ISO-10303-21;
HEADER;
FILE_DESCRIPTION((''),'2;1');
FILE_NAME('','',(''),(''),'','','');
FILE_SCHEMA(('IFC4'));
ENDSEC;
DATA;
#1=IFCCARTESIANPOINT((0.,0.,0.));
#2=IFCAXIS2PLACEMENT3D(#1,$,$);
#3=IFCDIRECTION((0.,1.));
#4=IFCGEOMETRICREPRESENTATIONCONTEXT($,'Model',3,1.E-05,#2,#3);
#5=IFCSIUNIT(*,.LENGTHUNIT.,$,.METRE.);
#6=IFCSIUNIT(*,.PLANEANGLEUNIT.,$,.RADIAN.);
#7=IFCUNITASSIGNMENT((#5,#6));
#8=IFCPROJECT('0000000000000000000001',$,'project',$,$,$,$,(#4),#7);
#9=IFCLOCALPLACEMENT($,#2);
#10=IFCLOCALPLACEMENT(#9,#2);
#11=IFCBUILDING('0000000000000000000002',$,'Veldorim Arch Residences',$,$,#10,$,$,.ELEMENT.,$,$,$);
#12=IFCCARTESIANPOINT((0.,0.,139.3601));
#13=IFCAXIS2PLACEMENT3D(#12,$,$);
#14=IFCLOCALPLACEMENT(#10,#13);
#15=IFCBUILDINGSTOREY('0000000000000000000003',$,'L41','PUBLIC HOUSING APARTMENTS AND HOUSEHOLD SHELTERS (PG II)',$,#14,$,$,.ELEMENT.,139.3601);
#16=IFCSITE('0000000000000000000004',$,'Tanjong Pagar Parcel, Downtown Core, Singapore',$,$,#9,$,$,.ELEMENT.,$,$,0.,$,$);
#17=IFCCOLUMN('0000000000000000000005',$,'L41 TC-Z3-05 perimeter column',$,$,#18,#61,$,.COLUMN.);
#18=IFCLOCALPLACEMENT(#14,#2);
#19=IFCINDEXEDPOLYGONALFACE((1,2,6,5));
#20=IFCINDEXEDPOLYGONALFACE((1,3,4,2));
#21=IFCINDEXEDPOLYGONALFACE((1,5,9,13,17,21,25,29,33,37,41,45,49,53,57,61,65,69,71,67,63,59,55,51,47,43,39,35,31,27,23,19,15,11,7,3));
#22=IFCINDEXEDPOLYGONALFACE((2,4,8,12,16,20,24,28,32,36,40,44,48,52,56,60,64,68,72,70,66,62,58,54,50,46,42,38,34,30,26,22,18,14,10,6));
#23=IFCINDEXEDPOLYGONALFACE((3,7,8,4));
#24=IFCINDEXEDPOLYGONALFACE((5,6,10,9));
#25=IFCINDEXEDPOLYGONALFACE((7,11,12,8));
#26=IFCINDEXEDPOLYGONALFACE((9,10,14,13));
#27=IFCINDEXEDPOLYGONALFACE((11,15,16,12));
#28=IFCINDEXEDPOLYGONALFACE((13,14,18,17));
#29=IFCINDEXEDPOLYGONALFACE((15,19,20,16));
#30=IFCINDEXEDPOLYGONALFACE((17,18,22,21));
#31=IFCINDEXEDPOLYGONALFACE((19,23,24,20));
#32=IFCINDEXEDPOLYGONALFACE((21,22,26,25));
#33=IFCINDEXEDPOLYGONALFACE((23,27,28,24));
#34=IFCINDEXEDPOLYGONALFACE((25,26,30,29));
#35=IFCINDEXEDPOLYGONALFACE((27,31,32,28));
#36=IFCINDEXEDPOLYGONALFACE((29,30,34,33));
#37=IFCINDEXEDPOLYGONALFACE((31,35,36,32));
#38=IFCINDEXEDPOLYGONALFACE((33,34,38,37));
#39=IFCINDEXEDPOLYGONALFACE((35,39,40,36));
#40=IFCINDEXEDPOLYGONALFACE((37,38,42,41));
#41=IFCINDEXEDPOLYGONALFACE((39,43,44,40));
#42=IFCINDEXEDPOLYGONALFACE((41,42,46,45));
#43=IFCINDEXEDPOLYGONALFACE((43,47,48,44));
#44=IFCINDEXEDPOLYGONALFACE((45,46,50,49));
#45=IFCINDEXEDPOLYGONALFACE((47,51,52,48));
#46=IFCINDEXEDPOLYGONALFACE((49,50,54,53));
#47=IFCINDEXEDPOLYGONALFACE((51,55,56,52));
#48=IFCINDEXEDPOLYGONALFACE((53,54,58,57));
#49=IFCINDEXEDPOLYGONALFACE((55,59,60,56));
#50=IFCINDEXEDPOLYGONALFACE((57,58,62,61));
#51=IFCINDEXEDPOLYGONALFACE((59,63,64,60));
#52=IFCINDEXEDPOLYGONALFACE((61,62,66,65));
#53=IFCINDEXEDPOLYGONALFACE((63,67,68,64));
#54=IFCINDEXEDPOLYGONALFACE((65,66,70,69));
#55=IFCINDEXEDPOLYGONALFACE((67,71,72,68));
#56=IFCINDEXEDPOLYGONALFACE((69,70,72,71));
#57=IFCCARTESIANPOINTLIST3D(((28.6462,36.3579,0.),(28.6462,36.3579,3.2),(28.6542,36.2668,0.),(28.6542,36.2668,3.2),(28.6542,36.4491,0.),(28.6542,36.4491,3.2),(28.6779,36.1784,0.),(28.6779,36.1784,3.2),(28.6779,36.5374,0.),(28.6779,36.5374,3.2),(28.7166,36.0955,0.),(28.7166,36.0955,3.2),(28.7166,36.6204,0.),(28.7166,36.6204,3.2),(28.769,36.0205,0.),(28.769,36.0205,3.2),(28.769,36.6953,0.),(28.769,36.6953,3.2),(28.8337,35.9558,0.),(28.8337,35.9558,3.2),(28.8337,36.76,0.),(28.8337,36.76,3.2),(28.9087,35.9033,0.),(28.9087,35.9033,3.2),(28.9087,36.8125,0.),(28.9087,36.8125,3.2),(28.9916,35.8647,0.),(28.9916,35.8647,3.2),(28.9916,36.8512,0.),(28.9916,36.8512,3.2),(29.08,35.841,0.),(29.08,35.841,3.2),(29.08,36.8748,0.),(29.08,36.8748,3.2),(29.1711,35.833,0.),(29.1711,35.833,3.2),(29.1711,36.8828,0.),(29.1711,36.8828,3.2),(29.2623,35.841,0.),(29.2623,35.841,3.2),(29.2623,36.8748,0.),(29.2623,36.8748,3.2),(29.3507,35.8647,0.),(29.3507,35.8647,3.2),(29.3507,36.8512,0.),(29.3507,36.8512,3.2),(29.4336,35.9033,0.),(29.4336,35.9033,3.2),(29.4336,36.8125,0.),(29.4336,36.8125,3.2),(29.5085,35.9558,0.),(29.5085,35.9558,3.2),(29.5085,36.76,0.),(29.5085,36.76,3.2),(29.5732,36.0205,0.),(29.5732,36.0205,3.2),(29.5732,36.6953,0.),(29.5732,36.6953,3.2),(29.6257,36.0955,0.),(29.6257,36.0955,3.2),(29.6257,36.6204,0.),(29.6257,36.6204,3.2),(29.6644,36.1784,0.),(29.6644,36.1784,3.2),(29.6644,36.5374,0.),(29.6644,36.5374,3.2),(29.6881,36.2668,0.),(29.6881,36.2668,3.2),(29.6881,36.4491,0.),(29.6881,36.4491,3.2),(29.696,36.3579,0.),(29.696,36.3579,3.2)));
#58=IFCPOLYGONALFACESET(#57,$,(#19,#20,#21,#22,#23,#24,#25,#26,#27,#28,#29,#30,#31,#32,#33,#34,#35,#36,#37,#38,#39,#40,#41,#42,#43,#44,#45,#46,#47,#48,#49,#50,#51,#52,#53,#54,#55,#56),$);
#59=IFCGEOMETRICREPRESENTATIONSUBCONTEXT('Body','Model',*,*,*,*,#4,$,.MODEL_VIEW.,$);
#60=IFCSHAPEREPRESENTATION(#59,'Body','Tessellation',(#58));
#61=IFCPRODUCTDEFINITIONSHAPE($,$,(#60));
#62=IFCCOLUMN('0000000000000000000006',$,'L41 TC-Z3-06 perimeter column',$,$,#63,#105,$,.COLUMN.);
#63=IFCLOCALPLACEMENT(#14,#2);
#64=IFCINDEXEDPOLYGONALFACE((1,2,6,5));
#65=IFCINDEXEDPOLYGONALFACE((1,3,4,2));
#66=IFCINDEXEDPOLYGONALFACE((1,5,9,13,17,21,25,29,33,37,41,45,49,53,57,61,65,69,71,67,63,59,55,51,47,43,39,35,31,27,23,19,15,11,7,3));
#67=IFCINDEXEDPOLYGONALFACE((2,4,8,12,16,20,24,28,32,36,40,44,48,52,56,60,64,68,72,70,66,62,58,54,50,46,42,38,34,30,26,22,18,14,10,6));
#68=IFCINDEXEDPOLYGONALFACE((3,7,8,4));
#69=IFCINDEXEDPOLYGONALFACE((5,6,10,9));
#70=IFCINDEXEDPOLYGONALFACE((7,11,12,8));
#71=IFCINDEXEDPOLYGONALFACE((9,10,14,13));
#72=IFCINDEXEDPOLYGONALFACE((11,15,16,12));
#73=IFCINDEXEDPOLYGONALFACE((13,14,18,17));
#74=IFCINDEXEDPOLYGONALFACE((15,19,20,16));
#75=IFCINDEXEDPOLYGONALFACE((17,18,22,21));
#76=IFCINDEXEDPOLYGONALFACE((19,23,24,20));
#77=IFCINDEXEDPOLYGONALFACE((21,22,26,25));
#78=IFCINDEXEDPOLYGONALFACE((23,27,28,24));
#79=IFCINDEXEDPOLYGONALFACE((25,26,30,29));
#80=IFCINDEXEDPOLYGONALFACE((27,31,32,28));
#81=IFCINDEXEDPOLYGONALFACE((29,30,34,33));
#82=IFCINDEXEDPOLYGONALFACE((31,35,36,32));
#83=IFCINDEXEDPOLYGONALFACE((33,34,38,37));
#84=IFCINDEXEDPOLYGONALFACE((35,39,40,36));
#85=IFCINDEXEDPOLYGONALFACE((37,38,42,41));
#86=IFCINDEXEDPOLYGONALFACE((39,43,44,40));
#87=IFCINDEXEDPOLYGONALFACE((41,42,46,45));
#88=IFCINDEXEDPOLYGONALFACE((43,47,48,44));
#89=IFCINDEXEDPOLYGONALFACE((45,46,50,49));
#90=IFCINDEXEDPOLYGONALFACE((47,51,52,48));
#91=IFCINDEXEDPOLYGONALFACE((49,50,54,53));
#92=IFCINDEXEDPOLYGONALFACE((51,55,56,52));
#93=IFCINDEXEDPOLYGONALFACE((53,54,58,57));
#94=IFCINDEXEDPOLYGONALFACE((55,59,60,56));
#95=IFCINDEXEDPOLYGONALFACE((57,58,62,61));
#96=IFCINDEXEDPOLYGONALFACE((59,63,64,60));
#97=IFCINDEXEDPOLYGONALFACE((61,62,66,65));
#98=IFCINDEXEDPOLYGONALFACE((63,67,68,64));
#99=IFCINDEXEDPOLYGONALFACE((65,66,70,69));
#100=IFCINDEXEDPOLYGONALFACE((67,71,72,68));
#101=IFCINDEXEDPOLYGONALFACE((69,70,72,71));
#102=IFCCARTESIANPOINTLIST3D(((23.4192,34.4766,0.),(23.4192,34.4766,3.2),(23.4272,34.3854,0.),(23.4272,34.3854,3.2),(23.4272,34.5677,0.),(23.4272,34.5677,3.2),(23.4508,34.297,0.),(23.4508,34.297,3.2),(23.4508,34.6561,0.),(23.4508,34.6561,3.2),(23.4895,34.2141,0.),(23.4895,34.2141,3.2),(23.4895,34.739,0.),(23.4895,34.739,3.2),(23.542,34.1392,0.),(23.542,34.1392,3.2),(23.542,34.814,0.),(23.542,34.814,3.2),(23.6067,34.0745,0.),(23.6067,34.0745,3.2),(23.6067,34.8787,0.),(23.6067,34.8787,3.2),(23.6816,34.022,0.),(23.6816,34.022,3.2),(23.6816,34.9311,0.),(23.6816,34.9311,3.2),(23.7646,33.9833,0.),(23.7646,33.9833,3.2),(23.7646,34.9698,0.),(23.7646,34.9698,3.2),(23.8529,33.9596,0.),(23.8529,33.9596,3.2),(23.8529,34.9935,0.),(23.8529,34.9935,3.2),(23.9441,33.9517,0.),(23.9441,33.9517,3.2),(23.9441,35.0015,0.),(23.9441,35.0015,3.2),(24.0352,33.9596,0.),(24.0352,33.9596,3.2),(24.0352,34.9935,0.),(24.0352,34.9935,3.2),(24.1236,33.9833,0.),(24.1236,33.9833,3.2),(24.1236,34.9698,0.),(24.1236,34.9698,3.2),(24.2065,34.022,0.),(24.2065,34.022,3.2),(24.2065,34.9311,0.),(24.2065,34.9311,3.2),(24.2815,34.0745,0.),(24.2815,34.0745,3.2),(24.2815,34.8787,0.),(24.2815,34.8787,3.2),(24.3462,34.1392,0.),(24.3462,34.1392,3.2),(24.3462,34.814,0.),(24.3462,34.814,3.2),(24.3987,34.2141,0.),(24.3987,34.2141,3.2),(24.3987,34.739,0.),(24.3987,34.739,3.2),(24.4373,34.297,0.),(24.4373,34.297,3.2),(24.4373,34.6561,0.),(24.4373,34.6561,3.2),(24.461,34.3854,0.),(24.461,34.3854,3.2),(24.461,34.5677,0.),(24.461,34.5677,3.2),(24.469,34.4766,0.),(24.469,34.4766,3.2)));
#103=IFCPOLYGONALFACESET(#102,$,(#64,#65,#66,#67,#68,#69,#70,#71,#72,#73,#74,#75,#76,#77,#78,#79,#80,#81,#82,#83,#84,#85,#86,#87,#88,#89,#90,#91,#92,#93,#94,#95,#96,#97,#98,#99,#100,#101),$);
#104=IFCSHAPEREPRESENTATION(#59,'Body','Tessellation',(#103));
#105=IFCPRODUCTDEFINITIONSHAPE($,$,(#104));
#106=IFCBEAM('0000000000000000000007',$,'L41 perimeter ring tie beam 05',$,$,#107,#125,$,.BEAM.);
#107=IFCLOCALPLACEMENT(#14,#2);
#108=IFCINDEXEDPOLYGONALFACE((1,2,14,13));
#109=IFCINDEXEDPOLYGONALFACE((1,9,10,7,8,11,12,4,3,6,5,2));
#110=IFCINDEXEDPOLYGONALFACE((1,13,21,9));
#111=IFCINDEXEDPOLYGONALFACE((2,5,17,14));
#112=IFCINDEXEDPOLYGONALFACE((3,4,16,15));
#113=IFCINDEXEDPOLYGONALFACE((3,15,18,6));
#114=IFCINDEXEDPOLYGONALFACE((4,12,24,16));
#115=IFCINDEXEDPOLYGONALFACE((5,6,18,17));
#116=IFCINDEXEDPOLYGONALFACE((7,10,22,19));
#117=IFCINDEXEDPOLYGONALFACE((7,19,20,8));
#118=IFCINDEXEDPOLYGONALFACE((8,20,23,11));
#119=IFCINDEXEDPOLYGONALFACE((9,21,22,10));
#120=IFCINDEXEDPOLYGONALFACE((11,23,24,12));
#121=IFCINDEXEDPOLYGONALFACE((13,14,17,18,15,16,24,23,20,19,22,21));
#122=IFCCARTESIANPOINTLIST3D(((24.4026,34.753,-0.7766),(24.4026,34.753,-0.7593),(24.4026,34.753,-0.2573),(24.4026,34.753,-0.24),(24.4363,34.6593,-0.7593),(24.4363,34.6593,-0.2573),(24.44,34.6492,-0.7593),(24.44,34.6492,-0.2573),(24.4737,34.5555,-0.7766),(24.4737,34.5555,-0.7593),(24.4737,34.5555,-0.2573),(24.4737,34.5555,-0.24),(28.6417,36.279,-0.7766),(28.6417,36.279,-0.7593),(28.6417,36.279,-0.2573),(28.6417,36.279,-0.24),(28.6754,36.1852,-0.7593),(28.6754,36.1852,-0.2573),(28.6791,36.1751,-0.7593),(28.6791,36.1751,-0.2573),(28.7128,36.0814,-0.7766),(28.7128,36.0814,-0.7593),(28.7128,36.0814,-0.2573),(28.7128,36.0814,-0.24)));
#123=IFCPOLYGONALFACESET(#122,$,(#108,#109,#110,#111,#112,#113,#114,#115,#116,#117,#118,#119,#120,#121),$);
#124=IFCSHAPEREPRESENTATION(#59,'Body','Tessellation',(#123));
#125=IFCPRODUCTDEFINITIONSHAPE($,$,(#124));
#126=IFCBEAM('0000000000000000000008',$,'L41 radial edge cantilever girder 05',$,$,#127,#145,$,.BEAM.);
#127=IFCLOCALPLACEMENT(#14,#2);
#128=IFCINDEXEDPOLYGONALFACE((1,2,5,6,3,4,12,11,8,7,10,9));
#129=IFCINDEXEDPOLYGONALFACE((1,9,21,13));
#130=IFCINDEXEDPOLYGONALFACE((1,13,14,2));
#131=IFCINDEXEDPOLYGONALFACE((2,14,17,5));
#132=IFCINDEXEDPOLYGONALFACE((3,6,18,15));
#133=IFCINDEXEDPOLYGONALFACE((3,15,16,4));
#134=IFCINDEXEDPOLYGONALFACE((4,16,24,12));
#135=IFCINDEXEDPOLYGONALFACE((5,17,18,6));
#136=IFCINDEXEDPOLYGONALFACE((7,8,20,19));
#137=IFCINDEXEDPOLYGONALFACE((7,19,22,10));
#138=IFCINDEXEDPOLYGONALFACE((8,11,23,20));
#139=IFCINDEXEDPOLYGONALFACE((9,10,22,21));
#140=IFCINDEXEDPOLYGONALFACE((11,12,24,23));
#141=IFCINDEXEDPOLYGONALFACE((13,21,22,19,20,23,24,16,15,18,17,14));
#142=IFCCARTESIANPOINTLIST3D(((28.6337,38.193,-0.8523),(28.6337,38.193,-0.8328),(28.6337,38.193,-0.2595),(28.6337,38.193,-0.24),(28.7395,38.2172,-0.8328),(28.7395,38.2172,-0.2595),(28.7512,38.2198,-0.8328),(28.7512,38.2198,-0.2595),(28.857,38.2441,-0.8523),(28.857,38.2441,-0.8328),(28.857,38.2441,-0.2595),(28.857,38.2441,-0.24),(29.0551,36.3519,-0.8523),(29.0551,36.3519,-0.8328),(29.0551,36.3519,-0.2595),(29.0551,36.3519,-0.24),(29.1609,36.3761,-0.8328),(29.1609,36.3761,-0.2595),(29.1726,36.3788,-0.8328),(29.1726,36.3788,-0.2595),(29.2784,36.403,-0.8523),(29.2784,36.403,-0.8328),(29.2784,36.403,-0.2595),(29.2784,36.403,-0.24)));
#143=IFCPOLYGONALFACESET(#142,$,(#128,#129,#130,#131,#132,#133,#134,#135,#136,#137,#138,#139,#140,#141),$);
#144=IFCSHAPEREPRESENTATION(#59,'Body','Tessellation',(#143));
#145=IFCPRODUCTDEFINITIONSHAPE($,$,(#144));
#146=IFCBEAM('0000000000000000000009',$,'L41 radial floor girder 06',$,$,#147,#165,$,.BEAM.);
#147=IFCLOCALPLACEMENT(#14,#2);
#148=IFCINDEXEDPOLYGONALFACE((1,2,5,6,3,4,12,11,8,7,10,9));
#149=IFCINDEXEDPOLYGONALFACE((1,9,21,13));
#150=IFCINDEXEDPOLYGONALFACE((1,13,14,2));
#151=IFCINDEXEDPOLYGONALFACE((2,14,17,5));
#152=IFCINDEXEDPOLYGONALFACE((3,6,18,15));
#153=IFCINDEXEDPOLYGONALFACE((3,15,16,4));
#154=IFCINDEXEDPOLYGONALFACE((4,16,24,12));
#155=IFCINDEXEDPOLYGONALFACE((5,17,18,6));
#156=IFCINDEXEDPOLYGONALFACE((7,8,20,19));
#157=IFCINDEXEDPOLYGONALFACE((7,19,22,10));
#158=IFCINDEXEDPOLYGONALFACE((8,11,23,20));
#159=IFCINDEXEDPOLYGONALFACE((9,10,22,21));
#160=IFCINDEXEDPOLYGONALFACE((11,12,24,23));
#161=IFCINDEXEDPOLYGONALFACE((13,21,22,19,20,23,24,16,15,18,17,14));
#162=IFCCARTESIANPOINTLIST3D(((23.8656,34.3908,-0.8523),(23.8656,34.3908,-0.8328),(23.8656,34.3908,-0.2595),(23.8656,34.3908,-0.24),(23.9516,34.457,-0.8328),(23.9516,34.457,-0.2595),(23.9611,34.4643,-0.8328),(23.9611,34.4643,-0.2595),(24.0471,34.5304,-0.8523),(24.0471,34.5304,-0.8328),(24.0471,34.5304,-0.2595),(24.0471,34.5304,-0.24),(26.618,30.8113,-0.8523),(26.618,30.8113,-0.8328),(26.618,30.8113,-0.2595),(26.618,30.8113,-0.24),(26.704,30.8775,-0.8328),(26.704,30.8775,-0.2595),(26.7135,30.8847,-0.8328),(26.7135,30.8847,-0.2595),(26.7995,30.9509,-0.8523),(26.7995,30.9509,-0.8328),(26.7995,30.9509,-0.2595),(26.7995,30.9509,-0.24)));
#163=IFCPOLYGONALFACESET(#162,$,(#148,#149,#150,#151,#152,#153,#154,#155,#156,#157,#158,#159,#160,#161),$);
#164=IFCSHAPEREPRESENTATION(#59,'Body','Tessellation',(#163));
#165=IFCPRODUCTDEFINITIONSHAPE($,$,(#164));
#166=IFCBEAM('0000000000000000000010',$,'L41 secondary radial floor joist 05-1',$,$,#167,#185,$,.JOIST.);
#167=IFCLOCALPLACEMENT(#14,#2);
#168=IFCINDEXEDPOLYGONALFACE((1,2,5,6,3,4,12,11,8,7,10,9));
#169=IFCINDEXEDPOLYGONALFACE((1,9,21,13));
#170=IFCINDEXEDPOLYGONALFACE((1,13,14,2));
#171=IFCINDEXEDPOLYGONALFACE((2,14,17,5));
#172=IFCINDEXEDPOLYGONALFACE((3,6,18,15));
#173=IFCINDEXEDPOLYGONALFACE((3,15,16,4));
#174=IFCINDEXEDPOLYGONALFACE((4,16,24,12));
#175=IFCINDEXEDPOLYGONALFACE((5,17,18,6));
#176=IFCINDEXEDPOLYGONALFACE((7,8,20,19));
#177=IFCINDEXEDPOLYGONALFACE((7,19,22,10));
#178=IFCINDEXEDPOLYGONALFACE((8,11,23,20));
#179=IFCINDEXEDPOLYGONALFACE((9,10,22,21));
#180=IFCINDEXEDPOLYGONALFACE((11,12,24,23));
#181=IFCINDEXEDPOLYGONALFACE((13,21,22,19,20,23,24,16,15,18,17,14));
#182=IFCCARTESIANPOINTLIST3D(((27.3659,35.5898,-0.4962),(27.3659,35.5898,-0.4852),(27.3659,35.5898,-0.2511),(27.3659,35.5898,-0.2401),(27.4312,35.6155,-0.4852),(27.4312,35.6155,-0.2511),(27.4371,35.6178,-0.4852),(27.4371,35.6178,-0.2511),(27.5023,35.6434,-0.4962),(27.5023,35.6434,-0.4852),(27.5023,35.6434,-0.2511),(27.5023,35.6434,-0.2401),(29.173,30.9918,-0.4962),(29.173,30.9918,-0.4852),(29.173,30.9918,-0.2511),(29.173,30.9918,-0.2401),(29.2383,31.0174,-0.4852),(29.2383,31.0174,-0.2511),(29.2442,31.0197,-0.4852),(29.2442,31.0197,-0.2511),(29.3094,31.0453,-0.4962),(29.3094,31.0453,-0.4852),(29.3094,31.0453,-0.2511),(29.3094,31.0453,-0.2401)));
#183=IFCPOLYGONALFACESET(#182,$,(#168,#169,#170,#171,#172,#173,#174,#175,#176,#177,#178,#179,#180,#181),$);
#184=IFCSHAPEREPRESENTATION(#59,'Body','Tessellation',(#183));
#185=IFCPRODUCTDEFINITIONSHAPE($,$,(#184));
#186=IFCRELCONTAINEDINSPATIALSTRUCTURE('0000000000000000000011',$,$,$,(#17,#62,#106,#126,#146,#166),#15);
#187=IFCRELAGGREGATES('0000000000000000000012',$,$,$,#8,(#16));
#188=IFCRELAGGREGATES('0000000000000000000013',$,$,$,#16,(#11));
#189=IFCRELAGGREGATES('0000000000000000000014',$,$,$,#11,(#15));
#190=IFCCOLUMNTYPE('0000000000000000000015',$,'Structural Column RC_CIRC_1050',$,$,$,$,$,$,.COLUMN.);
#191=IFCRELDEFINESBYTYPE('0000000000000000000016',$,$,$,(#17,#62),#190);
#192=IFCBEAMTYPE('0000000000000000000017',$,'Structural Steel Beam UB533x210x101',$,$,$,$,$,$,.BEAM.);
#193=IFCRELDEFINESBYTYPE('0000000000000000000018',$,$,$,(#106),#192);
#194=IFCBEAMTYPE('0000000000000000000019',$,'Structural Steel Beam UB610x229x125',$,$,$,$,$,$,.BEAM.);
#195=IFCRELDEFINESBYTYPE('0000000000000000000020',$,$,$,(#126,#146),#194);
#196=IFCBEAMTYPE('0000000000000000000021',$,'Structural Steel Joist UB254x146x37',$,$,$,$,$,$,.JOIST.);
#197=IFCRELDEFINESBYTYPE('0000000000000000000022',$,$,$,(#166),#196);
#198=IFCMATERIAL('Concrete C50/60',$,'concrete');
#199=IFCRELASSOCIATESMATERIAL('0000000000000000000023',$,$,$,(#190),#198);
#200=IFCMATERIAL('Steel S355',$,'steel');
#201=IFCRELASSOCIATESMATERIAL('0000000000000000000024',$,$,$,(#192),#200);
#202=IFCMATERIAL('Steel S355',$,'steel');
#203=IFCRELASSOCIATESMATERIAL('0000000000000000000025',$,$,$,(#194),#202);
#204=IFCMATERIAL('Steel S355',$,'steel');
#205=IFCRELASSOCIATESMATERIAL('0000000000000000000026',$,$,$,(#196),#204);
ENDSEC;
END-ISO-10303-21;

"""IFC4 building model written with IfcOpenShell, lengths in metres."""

from ifc_helpers import new_model, si_unit, direction, frame, origin, origin_2d, place, context, subcontext, project, spatial, circle, i_section, extrude, material, material_profile, profile_set, type_object, element, save


model = new_model("IFC4")

# Units and contexts
model_context = context("Model", 3, precision=1e-05, world=origin(), true_north=direction((0.0, 1.0)))
body_context = subcontext(model_context, "Body", "Model", "MODEL_VIEW")
ifc_project = project(units=[si_unit("LENGTHUNIT", "METRE"), si_unit("PLANEANGLEUNIT", "RADIAN")], contexts=[model_context])

# Site, building, storey
site_placement = place(None, origin())
site = spatial("IfcSite", under=ifc_project, at=site_placement, Name="Tanjong Pagar Parcel, Downtown Core, Singapore", CompositionType="ELEMENT", RefElevation=0.0)
building_placement = place(site_placement, origin())
building = spatial("IfcBuilding", under=site, at=building_placement, Name="Veldorim Arch Residences", CompositionType="ELEMENT")
storey_placement = place(building_placement, frame((0.0, 0.0, 139.3601)))
storey = spatial("IfcBuildingStorey", under=building, at=storey_placement, Name="L41", Description="PUBLIC HOUSING APARTMENTS AND HOUSEHOLD SHELTERS (PG II)", CompositionType="ELEMENT", Elevation=139.3601)

# Columns
ifc_material_1 = material(Name="Concrete C50/60", Category="concrete")
ifc_material_profile_1 = material_profile(ifc_material_1, circle(Radius=0.5249, at=origin_2d()), Name="RC_CIRC_1050")
ifc_profile_set_1 = profile_set([ifc_material_profile_1], Name="Concrete C50/60")
column_type = type_object("IfcColumnType", Name="Structural Column RC_CIRC_1050", PredefinedType="COLUMN", material=ifc_profile_set_1)
for number, where, z_axis, x_axis, name in (
    (1, (29.1711, 36.3579, 0.0), (0.0, 0.0, 1.0), (1.0, 0.0, 0.0), "L41 TC-Z3-05 perimeter column"),
    (2, (23.9441, 34.4766, 0.0), (0.0, 0.0, 1.0), (1.0, 0.0, 0.0), "L41 TC-Z3-06 perimeter column"),
):
    element("IfcColumn", number, at=place(storey_placement, frame(where, z_axis=z_axis, x_axis=x_axis)), inside=storey, type_object=column_type, Name=name, PredefinedType="COLUMN", context=body_context, shape_type="SweptSolid", body=[
        extrude(circle(Radius=0.5249, at=origin_2d()), origin(), (0.0, 0.0, 1.0), 3.2),
    ])

# Beams
ifc_material_2 = material(Name="Steel S355", Category="steel")
ifc_material_profile_2 = material_profile(ifc_material_2, i_section(OverallWidth=0.21, OverallDepth=0.5366, WebThickness=0.0107, FlangeThickness=0.0173, at=origin_2d()), Name="UB533x210x101")
ifc_profile_set_2 = profile_set([ifc_material_profile_2], Name="Steel S355")
beam_type_1 = type_object("IfcBeamType", Name="Structural Steel Beam UB533x210x101", PredefinedType="BEAM", material=ifc_profile_set_2)
beam_1_placement = place(storey_placement, frame((28.6772, 36.1802, -0.5083), z_axis=(-0.940899, -0.338687, 0.0), x_axis=(0.338687, -0.940899, 0.0)))
element("IfcBeam", 3, at=beam_1_placement, inside=storey, type_object=beam_type_1, Name="L41 perimeter ring tie beam 05", PredefinedType="BEAM", context=body_context, shape_type="SweptSolid", body=[
    extrude(i_section(OverallWidth=0.21, OverallDepth=0.5366, WebThickness=0.0107, FlangeThickness=0.0173, at=origin_2d()), origin(), (0.0, 0.0, 1.0), 4.5054),
])
ifc_material_3 = material(Name="Steel S355", Category="steel")
ifc_material_profile_3 = material_profile(ifc_material_3, i_section(OverallWidth=0.229, OverallDepth=0.6123, WebThickness=0.012, FlangeThickness=0.0195, at=origin_2d()), Name="UB610x229x125")
ifc_profile_set_3 = profile_set([ifc_material_profile_3], Name="Steel S355")
beam_type_2 = type_object("IfcBeamType", Name="Structural Steel Beam UB610x229x125", PredefinedType="BEAM", material=ifc_profile_set_3)
beam_2_placement = place(storey_placement, frame((29.1667, 36.3774, -0.5461), z_axis=(-0.223113, 0.974793, 0.0), x_axis=(-0.974793, -0.223113, 0.0)))
element("IfcBeam", 4, at=beam_2_placement, inside=storey, type_object=beam_type_2, Name="L41 radial edge cantilever girder 05", PredefinedType="BEAM", context=body_context, shape_type="SweptSolid", body=[
    extrude(i_section(OverallWidth=0.229, OverallDepth=0.6123, WebThickness=0.012, FlangeThickness=0.0195, at=origin_2d()), origin(), (0.0, 0.0, 1.0), 1.8887),
])
beam_3_placement = place(storey_placement, frame((26.7087, 30.8811, -0.5461), z_axis=(-0.609559, 0.792741, 0.0), x_axis=(-0.792741, -0.609559, 0.0)))
element("IfcBeam", 5, at=beam_3_placement, inside=storey, type_object=beam_type_2, Name="L41 radial floor girder 06", PredefinedType="BEAM", context=body_context, shape_type="SweptSolid", body=[
    extrude(i_section(OverallWidth=0.229, OverallDepth=0.6123, WebThickness=0.012, FlangeThickness=0.0195, at=origin_2d()), origin(), (0.0, 0.0, 1.0), 4.5154),
])
ifc_material_4 = material(Name="Steel S355", Category="steel")
ifc_material_profile_4 = material_profile(ifc_material_4, i_section(OverallWidth=0.1465, OverallDepth=0.2561, WebThickness=0.0063, FlangeThickness=0.011, at=origin_2d()), Name="UB254x146x37")
ifc_profile_set_4 = profile_set([ifc_material_profile_4], Name="Steel S355")
beam_type_3 = type_object("IfcBeamType", Name="Structural Steel Joist UB254x146x37", PredefinedType="JOIST", material=ifc_profile_set_4)
beam_4_placement = place(storey_placement, frame((29.2412, 31.0186, -0.3682), z_axis=(-0.365778, 0.930702, 0.0), x_axis=(-0.930702, -0.365778, 0.0)))
element("IfcBeam", 6, at=beam_4_placement, inside=storey, type_object=beam_type_3, Name="L41 secondary radial floor joist 05-1", PredefinedType="JOIST", context=body_context, shape_type="SweptSolid", body=[
    extrude(i_section(OverallWidth=0.1465, OverallDepth=0.2561, WebThickness=0.0063, FlangeThickness=0.011, at=origin_2d()), origin(), (0.0, 0.0, 1.0), 4.9404),
])

save(model, "model.ifc")
